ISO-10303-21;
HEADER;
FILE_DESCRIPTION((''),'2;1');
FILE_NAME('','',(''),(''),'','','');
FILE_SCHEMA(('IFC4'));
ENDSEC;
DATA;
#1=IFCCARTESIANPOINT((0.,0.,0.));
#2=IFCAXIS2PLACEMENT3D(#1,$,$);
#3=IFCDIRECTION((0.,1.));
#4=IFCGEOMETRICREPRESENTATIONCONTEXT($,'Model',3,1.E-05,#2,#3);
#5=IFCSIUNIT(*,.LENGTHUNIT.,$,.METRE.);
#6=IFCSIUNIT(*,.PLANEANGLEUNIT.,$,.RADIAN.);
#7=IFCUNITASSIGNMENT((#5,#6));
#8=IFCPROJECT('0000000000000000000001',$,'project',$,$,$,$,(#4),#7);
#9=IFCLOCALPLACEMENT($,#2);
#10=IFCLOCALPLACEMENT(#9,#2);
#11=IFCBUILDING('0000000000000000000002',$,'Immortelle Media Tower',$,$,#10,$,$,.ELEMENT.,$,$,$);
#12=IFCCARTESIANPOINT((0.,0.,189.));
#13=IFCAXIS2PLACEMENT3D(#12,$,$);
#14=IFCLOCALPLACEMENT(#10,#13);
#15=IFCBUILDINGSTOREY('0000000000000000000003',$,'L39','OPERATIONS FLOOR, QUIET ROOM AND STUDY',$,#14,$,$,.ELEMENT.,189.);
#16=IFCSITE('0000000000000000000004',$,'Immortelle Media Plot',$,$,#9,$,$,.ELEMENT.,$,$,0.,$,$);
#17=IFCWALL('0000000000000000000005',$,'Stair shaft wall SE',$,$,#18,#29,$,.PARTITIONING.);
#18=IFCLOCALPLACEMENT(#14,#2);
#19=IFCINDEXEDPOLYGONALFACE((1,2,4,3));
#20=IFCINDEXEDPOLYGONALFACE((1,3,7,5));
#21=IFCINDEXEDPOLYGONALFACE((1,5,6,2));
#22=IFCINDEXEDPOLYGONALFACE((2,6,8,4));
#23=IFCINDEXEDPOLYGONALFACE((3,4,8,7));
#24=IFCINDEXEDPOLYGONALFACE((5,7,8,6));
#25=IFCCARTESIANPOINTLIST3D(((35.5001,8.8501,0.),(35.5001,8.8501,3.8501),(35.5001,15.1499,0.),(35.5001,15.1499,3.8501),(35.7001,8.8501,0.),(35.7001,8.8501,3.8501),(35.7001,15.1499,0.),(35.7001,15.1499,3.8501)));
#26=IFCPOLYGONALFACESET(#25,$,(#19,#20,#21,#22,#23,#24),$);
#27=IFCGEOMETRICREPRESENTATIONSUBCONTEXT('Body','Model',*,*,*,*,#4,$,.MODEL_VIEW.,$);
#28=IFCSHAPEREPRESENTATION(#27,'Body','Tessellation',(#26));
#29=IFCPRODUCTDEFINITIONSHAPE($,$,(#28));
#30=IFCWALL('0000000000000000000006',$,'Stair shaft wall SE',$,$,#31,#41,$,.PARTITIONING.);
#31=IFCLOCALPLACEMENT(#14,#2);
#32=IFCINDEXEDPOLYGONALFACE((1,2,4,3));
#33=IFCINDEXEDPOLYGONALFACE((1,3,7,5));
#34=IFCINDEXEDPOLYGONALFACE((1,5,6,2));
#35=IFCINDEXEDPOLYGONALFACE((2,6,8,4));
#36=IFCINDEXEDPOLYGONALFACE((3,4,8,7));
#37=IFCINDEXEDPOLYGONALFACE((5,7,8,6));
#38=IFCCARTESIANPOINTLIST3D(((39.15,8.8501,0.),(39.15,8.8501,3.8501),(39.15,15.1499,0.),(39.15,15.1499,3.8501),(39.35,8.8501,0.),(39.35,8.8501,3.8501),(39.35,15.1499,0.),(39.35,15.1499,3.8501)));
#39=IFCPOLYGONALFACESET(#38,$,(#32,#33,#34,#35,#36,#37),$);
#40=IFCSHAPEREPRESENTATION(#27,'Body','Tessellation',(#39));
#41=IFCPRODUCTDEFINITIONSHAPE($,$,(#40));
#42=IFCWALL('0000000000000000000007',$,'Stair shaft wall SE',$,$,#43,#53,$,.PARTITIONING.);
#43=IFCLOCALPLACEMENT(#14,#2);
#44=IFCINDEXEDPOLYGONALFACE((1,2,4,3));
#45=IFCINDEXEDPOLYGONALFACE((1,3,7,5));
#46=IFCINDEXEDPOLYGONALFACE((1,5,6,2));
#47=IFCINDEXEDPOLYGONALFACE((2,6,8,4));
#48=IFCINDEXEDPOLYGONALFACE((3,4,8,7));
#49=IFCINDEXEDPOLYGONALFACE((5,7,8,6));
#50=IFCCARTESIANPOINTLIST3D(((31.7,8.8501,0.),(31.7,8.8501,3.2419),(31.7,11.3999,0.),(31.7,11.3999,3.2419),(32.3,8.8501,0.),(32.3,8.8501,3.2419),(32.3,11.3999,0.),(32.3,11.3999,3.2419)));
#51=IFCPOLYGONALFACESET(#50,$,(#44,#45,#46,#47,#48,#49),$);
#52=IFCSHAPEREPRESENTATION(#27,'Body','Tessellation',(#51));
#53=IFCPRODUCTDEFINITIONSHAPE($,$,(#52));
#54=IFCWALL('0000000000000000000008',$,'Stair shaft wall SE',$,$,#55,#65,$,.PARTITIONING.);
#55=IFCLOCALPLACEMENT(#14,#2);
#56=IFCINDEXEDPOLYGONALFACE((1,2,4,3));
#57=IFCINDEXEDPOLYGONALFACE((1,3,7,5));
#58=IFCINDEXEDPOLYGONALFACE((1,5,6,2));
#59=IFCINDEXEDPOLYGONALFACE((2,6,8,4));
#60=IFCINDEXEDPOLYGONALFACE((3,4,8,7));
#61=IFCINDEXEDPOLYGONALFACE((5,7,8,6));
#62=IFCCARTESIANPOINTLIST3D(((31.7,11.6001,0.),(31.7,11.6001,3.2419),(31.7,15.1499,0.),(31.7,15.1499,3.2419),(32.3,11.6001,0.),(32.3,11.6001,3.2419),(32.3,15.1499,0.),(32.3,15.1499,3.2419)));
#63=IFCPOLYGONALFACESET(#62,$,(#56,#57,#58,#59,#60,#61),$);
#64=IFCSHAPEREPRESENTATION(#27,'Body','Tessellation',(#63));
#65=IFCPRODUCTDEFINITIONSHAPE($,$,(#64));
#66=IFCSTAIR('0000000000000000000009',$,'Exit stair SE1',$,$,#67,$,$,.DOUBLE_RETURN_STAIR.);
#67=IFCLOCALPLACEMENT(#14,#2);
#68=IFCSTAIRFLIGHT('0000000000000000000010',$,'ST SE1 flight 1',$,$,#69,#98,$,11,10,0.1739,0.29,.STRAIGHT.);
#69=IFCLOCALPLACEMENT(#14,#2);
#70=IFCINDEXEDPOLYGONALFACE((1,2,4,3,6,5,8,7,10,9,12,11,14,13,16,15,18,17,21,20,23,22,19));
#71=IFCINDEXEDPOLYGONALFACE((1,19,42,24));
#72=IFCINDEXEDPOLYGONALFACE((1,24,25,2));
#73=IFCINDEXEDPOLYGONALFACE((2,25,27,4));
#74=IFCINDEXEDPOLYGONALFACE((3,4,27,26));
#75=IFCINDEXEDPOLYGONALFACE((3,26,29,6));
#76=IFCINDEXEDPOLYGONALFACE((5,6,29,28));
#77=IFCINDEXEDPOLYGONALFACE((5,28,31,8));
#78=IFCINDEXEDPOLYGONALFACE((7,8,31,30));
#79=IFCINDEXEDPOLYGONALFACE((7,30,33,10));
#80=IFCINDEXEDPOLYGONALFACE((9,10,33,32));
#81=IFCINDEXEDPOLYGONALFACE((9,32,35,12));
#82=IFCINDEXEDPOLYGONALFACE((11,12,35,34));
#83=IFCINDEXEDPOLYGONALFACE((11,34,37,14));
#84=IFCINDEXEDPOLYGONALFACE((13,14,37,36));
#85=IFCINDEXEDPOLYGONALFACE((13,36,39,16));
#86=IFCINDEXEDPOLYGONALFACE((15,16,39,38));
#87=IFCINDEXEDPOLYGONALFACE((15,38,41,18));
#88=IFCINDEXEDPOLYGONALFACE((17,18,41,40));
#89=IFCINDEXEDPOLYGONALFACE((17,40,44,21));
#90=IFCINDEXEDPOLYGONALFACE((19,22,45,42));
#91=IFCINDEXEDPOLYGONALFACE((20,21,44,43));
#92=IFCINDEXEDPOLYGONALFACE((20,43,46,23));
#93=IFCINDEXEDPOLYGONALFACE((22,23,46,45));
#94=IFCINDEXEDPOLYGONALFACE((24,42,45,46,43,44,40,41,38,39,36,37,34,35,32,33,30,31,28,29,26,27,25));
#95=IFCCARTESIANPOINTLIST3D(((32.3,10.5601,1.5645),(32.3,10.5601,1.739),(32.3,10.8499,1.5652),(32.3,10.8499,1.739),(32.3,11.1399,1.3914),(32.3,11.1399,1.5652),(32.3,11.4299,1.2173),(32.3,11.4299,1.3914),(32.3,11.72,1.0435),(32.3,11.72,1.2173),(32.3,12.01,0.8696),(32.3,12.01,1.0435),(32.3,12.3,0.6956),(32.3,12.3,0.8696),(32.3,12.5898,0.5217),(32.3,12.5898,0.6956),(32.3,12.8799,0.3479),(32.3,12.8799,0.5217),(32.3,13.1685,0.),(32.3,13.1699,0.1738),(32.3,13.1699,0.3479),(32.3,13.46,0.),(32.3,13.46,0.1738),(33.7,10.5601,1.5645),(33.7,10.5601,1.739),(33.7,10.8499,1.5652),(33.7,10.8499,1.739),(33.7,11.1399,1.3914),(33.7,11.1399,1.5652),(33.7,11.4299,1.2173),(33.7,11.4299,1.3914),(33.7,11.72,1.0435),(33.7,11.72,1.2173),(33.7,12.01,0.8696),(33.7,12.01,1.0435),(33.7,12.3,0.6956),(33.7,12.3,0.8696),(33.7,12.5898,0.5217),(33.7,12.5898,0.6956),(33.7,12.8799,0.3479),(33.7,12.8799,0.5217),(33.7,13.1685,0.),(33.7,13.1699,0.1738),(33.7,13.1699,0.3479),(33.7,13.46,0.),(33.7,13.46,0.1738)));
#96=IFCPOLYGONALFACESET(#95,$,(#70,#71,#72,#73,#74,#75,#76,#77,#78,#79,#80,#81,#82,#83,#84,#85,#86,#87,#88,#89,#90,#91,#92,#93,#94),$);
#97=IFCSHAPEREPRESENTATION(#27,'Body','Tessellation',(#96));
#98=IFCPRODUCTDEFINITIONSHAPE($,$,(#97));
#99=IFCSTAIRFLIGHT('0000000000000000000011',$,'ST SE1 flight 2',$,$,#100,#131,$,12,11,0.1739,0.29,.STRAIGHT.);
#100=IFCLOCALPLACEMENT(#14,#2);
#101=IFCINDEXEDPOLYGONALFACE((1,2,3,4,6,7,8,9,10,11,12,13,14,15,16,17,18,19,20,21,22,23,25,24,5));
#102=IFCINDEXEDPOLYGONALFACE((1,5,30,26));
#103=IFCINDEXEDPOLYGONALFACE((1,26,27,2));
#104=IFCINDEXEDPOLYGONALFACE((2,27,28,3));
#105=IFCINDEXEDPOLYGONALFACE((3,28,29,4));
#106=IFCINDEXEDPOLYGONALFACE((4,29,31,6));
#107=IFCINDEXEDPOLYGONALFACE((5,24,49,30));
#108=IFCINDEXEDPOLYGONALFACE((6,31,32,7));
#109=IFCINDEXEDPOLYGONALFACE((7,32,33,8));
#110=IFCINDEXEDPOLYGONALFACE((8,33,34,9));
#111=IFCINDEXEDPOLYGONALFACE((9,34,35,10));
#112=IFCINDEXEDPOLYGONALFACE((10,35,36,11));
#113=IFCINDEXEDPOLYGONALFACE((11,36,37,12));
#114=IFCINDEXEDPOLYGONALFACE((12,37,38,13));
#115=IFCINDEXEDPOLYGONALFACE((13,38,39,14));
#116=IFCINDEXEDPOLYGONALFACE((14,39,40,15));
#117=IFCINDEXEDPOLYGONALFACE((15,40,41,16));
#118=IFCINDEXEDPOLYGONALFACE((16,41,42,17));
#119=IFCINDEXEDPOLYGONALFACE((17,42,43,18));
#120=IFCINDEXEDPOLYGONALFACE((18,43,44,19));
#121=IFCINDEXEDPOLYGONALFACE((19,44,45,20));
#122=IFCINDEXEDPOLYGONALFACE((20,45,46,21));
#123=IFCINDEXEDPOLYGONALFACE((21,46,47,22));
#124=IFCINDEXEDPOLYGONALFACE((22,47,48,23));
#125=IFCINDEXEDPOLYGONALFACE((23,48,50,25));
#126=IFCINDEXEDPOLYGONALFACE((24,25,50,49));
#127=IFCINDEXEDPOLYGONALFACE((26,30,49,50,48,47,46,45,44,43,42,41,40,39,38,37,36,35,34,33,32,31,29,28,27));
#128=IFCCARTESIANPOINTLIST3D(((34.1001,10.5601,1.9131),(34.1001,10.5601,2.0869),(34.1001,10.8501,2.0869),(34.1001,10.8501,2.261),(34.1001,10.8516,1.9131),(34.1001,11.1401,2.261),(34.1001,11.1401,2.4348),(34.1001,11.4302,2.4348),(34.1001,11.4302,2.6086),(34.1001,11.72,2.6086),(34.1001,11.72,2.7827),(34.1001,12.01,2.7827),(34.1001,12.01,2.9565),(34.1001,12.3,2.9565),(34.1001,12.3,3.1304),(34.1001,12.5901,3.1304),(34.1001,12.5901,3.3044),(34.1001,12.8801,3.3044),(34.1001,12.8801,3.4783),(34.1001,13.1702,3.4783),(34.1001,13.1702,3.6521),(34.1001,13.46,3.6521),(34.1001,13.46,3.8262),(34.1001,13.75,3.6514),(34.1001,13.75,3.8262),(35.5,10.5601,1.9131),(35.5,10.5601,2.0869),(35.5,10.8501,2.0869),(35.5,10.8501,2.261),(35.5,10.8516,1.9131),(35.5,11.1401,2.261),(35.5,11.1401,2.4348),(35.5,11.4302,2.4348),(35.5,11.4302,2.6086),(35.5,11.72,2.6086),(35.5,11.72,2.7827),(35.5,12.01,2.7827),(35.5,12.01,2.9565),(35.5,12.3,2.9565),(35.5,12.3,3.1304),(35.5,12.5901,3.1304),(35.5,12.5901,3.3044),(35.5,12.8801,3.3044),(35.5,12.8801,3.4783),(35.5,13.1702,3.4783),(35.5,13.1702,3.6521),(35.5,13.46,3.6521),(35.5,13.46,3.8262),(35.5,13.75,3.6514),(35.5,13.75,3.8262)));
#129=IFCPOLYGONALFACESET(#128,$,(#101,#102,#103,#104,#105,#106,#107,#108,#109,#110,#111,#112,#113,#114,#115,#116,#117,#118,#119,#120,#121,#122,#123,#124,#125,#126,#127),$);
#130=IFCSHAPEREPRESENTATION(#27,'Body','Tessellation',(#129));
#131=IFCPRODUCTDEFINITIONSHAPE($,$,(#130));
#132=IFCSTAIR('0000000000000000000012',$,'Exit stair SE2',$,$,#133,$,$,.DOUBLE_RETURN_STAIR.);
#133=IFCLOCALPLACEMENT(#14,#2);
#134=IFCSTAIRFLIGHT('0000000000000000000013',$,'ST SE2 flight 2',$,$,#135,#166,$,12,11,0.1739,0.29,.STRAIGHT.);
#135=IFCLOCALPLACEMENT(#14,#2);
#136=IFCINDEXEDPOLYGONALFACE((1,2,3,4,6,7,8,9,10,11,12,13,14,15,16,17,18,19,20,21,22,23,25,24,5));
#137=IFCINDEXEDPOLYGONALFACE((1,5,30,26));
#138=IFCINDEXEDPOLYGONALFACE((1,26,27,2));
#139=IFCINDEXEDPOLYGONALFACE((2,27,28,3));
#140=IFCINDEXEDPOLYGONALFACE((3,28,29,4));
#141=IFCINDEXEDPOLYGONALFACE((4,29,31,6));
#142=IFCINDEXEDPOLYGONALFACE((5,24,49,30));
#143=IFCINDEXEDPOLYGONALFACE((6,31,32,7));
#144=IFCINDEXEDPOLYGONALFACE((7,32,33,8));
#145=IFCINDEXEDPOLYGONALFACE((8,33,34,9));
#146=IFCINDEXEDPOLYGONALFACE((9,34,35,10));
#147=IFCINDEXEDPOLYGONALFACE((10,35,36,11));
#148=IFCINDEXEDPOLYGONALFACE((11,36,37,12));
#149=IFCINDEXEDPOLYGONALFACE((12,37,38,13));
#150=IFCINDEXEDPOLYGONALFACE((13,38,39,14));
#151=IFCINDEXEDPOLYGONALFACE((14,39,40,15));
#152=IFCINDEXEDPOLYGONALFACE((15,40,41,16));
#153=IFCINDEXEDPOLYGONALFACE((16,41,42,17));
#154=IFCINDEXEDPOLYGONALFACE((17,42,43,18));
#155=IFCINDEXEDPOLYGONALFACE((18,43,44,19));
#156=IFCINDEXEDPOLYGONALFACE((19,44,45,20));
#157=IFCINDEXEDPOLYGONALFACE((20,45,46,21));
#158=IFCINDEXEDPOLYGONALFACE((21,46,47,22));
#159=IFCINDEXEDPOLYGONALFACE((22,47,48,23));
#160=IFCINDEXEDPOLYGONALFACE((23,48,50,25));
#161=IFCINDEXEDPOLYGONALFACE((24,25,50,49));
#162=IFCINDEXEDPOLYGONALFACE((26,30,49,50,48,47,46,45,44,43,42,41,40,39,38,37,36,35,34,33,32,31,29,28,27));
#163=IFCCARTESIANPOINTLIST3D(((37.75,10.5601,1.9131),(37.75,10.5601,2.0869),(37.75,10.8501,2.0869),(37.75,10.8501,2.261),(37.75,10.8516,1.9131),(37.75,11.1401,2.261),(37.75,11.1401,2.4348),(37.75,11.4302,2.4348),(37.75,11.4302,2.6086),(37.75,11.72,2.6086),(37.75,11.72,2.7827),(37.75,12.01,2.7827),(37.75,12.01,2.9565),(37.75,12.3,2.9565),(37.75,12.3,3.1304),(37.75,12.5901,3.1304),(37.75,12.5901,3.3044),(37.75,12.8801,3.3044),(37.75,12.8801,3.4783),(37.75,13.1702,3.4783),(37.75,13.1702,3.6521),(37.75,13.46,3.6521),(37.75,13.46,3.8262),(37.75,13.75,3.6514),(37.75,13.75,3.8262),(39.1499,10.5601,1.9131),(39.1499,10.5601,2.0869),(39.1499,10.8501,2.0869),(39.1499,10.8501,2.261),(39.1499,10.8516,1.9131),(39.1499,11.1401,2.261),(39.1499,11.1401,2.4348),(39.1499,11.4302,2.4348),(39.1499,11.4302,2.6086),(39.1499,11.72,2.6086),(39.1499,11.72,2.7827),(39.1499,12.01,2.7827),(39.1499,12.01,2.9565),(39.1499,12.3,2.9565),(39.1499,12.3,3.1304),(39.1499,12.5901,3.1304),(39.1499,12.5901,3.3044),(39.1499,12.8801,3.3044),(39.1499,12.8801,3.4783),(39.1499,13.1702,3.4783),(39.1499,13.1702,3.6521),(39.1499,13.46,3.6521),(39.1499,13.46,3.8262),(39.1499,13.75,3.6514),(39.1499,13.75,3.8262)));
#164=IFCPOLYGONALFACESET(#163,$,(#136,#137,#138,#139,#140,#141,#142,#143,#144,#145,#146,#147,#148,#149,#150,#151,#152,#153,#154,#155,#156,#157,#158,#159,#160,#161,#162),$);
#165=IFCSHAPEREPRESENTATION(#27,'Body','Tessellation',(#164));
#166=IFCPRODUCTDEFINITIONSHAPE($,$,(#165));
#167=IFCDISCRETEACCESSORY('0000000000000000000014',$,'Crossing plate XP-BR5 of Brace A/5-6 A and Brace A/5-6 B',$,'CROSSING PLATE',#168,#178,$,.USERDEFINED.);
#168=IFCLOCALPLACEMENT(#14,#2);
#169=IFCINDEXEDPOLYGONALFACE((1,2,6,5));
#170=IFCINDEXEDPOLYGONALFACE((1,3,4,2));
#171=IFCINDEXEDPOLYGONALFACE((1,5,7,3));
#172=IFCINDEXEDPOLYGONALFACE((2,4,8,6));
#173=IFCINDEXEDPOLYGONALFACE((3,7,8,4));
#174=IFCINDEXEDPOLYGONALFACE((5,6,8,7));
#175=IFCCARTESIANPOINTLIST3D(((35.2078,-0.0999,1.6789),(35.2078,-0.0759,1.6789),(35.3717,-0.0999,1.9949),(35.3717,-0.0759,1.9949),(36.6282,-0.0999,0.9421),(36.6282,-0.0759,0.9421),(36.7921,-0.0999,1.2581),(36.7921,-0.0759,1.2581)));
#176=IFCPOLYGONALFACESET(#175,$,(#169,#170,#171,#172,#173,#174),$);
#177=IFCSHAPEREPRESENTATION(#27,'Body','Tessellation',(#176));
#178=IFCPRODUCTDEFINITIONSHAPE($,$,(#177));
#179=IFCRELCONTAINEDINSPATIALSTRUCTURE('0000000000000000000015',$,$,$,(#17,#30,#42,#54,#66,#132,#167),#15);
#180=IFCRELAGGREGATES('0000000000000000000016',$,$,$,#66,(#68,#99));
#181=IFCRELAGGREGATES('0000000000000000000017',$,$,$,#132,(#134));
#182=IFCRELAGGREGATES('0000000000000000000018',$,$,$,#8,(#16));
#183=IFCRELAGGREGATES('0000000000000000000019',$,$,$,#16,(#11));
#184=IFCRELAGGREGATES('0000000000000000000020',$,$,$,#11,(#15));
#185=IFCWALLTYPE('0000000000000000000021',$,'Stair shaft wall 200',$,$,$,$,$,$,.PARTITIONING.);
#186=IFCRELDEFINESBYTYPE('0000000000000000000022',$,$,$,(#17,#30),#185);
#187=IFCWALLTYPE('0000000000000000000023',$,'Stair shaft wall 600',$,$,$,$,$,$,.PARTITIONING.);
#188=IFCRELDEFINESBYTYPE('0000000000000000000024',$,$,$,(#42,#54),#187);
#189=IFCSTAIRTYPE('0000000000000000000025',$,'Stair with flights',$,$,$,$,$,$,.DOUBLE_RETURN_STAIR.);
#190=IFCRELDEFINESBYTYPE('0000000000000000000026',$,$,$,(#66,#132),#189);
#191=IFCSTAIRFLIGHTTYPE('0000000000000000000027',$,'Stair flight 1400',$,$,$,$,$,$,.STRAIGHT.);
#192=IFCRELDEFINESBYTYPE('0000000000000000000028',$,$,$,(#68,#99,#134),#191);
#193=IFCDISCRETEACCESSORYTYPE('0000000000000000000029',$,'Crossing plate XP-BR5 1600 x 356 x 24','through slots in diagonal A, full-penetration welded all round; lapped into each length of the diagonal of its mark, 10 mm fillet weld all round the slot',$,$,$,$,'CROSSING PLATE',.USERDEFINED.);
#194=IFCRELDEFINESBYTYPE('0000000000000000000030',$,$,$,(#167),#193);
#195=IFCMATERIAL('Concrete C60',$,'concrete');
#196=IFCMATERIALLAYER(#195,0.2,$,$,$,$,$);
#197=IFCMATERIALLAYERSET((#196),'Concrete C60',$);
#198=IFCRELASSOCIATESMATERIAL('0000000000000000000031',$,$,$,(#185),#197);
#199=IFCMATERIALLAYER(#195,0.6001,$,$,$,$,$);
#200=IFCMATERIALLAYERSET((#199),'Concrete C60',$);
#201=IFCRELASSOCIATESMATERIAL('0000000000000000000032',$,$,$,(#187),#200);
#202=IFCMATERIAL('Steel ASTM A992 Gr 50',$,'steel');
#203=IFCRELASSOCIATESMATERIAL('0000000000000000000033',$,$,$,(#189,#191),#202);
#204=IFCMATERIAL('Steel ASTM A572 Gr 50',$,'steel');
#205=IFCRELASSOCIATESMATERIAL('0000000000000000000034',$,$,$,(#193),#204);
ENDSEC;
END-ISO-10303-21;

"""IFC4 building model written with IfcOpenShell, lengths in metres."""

from ifc_helpers import new_model, si_unit, direction, frame, frame_2d, origin, origin_2d, place, context, subcontext, project, spatial, polyline, rectangle, outline, extrude, material, layer, layer_set, material_profile, profile_set, type_object, element, aggregate, save


model = new_model("IFC4")

# Units and contexts
model_context = context("Model", 3, precision=1e-05, world=origin(), true_north=direction((0.0, 1.0)))
body_context = subcontext(model_context, "Body", "Model", "MODEL_VIEW")
ifc_project = project(units=[si_unit("LENGTHUNIT", "METRE"), si_unit("PLANEANGLEUNIT", "RADIAN")], contexts=[model_context])

# Site, building, storey
site_placement = place(None, origin())
site = spatial("IfcSite", under=ifc_project, at=site_placement, Name="Immortelle Media Plot", CompositionType="ELEMENT", RefElevation=0.0)
building_placement = place(site_placement, origin())
building = spatial("IfcBuilding", under=site, at=building_placement, Name="Immortelle Media Tower", CompositionType="ELEMENT")
storey_placement = place(building_placement, frame((0.0, 0.0, 189.0)))
storey = spatial("IfcBuildingStorey", under=building, at=storey_placement, Name="L39", Description="OPERATIONS FLOOR, QUIET ROOM AND STUDY", CompositionType="ELEMENT", Elevation=189.0)

# Shared definitions
ifc_material_1 = material(Name="Steel ASTM A992 Gr 50", Category="steel")

# Walls
ifc_material_2 = material(Name="Concrete C60", Category="concrete")
ifc_layer_1 = layer(ifc_material_2, 0.2)
ifc_layer_set_1 = layer_set([ifc_layer_1], Name="Concrete C60")
wall_type_1 = type_object("IfcWallType", Name="Stair shaft wall 200", PredefinedType="PARTITIONING", material=ifc_layer_set_1)
for number, where, z_axis, x_axis, name in (
    (1, (35.6001, 8.8501, 0.0), (0.0, 0.0, 1.0), (0.0, 1.0, 0.0), "Stair shaft wall SE"),
    (2, (39.25, 8.8501, 0.0), (0.0, 0.0, 1.0), (0.0, 1.0, 0.0), "Stair shaft wall SE"),
):
    element("IfcWall", number, at=place(storey_placement, frame(where, z_axis=z_axis, x_axis=x_axis)), inside=storey, type_object=wall_type_1, Name=name, PredefinedType="PARTITIONING", context=body_context, shape_type="SweptSolid", body=[
        extrude(rectangle(XDim=6.2998, YDim=0.2, at=frame_2d((3.1499, 0.0))), origin(), (0.0, 0.0, 1.0), 3.8501),
    ])
ifc_layer_2 = layer(ifc_material_2, 0.6001)
ifc_layer_set_2 = layer_set([ifc_layer_2], Name="Concrete C60")
wall_type_2 = type_object("IfcWallType", Name="Stair shaft wall 600", PredefinedType="PARTITIONING", material=ifc_layer_set_2)
wall_1_placement = place(storey_placement, frame((32.0, 8.8501, 0.0), z_axis=(0.0, 0.0, 1.0), x_axis=(0.0, 1.0, 0.0)))
element("IfcWall", 3, at=wall_1_placement, inside=storey, type_object=wall_type_2, Name="Stair shaft wall SE", PredefinedType="PARTITIONING", context=body_context, shape_type="SweptSolid", body=[
    extrude(rectangle(XDim=2.5498, YDim=0.6001, at=frame_2d((1.2749, 0.0))), origin(), (0.0, 0.0, 1.0), 3.2419),
])
wall_2_placement = place(storey_placement, frame((32.0, 11.6001, 0.0), z_axis=(0.0, 0.0, 1.0), x_axis=(0.0, 1.0, 0.0)))
element("IfcWall", 4, at=wall_2_placement, inside=storey, type_object=wall_type_2, Name="Stair shaft wall SE", PredefinedType="PARTITIONING", context=body_context, shape_type="SweptSolid", body=[
    extrude(rectangle(XDim=3.5498, YDim=0.6001, at=frame_2d((1.7749, 0.0))), origin(), (0.0, 0.0, 1.0), 3.2419),
])

# Stair, stair flights
stair_type = type_object("IfcStairType", Name="Stair with flights", PredefinedType="DOUBLE_RETURN_STAIR", material=ifc_material_1)
stair_1_placement = place(storey_placement, origin())
stair_1 = element("IfcStair", 5, at=stair_1_placement, inside=storey, type_object=stair_type, Name="Exit stair SE1", PredefinedType="DOUBLE_RETURN_STAIR")
stair_flight_type = type_object("IfcStairFlightType", Name="Stair flight 1400", PredefinedType="STRAIGHT", material=ifc_material_1)
stair_flight_1_placement = place(storey_placement, frame((33.0, 13.46, 0.0), z_axis=(0.0, 0.0, 1.0), x_axis=(0.0, -1.0, 0.0)))
stair_flight_1 = element("IfcStairFlight", 6, at=stair_flight_1_placement, type_object=stair_flight_type, Name="ST SE1 flight 1", NumberOfRisers=11, NumberOfTreads=10, PredefinedType="STRAIGHT", RiserHeight=0.1739, TreadLength=0.29, context=body_context, shape_type="SweptSolid", body=[
    extrude(outline(polyline([(0.0, 0.0), (0.0, 0.1738), (0.29, 0.1738), (0.29, 0.3479), (0.5801, 0.3479), (0.5801, 0.5217), (0.8701, 0.5217), (0.8701, 0.6956), (1.1599, 0.6956), (1.1599, 0.8696), (1.45, 0.8696), (1.45, 1.0435), (1.74, 1.0435), (1.74, 1.2173), (2.03, 1.2173), (2.03, 1.3914), (2.3201, 1.3914), (2.3201, 1.5652), (2.6101, 1.5652), (2.6101, 1.739), (2.8999, 1.739), (2.8999, 1.9131), (2.8999, 1.5645), (0.2915, 0.0), (0.0, 0.0)])), frame((0.0, 0.7, 0.0), z_axis=(0.0, -1.0, 0.0), x_axis=(1.0, 0.0, 0.0)), (0.0, 0.0, 1.0), 1.3999),
])
stair_flight_2_placement = place(storey_placement, frame((34.8, 10.5601, 1.9131), z_axis=(0.0, 0.0, 1.0), x_axis=(0.0, 1.0, 0.0)))
stair_flight_2 = element("IfcStairFlight", 7, at=stair_flight_2_placement, type_object=stair_flight_type, Name="ST SE1 flight 2", NumberOfRisers=12, NumberOfTreads=11, PredefinedType="STRAIGHT", RiserHeight=0.1739, TreadLength=0.29, context=body_context, shape_type="SweptSolid", body=[
    extrude(outline(polyline([(0.0, 0.0), (0.0, 0.1738), (0.29, 0.1738), (0.29, 0.3479), (0.5801, 0.3479), (0.5801, 0.5217), (0.8701, 0.5217), (0.8701, 0.6956), (1.1599, 0.6956), (1.1599, 0.8696), (1.45, 0.8696), (1.45, 1.0435), (1.74, 1.0435), (1.74, 1.2173), (2.03, 1.2173), (2.03, 1.3914), (2.3201, 1.3914), (2.3201, 1.5652), (2.6101, 1.5652), (2.6101, 1.739), (2.8999, 1.739), (2.8999, 1.9131), (3.1899, 1.9131), (3.1899, 2.0869), (3.1899, 1.7383), (0.2915, 0.0), (0.0, 0.0)])), frame((0.0, 0.7, 0.0), z_axis=(0.0, -1.0, 0.0), x_axis=(1.0, 0.0, 0.0)), (0.0, 0.0, 1.0), 1.3999),
])
aggregate(stair_1, [stair_flight_1, stair_flight_2])

# Stair, stair flight
stair_2_placement = place(storey_placement, origin())
stair_2 = element("IfcStair", 8, at=stair_2_placement, inside=storey, type_object=stair_type, Name="Exit stair SE2", PredefinedType="DOUBLE_RETURN_STAIR")
stair_flight_3_placement = place(storey_placement, frame((38.45, 10.5601, 1.9131), z_axis=(0.0, 0.0, 1.0), x_axis=(0.0, 1.0, 0.0)))
stair_flight_3 = element("IfcStairFlight", 9, at=stair_flight_3_placement, type_object=stair_flight_type, Name="ST SE2 flight 2", NumberOfRisers=12, NumberOfTreads=11, PredefinedType="STRAIGHT", RiserHeight=0.1739, TreadLength=0.29, context=body_context, shape_type="SweptSolid", body=[
    extrude(outline(polyline([(0.0, 0.0), (0.0, 0.1738), (0.29, 0.1738), (0.29, 0.3479), (0.5801, 0.3479), (0.5801, 0.5217), (0.8701, 0.5217), (0.8701, 0.6956), (1.1599, 0.6956), (1.1599, 0.8696), (1.45, 0.8696), (1.45, 1.0435), (1.74, 1.0435), (1.74, 1.2173), (2.03, 1.2173), (2.03, 1.3914), (2.3201, 1.3914), (2.3201, 1.5652), (2.6101, 1.5652), (2.6101, 1.739), (2.8999, 1.739), (2.8999, 1.9131), (3.1899, 1.9131), (3.1899, 2.0869), (3.1899, 1.7383), (0.2915, 0.0), (0.0, 0.0)])), frame((0.0, 0.7, 0.0), z_axis=(0.0, -1.0, 0.0), x_axis=(1.0, 0.0, 0.0)), (0.0, 0.0, 1.0), 1.3999),
])
aggregate(stair_2, [stair_flight_3])

# Discrete accessory
ifc_material_3 = material(Name="Steel ASTM A572 Gr 50", Category="steel")
ifc_material_profile_1 = material_profile(ifc_material_3, rectangle(XDim=0.0239, YDim=0.356, at=origin_2d()), Name="PL 24 x 356")
ifc_profile_set_1 = profile_set([ifc_material_profile_1], Name="Steel ASTM A572 Gr 50")
discrete_accessory_type_1 = type_object("IfcDiscreteAccessoryType", Name="Crossing plate XP-BR5 1600 x 356 x 24", Description="through slots in diagonal A, full-penetration welded all round; lapped into each length of the diagonal of its mark, 10 mm fillet weld all round the slot", ElementType="CROSSING PLATE", PredefinedType="USERDEFINED", material=ifc_profile_set_1)
discrete_accessory_1_placement = place(storey_placement, frame((35.2898, -0.0879, 1.8369), z_axis=(0.887676, 0.0, -0.460469), x_axis=(0.0, 1.0, 0.0)))
element("IfcDiscreteAccessory", 10, at=discrete_accessory_1_placement, inside=storey, type_object=discrete_accessory_type_1, Name="Crossing plate XP-BR5 of Brace A/5-6 A and Brace A/5-6 B", ObjectType="CROSSING PLATE", PredefinedType="USERDEFINED", context=body_context, shape_type="SweptSolid", body=[
    extrude(rectangle(XDim=0.0239, YDim=0.356, at=origin_2d()), origin(), (0.0, 0.0, 1.0), 1.6001),
])

save(model, "model.ifc")
